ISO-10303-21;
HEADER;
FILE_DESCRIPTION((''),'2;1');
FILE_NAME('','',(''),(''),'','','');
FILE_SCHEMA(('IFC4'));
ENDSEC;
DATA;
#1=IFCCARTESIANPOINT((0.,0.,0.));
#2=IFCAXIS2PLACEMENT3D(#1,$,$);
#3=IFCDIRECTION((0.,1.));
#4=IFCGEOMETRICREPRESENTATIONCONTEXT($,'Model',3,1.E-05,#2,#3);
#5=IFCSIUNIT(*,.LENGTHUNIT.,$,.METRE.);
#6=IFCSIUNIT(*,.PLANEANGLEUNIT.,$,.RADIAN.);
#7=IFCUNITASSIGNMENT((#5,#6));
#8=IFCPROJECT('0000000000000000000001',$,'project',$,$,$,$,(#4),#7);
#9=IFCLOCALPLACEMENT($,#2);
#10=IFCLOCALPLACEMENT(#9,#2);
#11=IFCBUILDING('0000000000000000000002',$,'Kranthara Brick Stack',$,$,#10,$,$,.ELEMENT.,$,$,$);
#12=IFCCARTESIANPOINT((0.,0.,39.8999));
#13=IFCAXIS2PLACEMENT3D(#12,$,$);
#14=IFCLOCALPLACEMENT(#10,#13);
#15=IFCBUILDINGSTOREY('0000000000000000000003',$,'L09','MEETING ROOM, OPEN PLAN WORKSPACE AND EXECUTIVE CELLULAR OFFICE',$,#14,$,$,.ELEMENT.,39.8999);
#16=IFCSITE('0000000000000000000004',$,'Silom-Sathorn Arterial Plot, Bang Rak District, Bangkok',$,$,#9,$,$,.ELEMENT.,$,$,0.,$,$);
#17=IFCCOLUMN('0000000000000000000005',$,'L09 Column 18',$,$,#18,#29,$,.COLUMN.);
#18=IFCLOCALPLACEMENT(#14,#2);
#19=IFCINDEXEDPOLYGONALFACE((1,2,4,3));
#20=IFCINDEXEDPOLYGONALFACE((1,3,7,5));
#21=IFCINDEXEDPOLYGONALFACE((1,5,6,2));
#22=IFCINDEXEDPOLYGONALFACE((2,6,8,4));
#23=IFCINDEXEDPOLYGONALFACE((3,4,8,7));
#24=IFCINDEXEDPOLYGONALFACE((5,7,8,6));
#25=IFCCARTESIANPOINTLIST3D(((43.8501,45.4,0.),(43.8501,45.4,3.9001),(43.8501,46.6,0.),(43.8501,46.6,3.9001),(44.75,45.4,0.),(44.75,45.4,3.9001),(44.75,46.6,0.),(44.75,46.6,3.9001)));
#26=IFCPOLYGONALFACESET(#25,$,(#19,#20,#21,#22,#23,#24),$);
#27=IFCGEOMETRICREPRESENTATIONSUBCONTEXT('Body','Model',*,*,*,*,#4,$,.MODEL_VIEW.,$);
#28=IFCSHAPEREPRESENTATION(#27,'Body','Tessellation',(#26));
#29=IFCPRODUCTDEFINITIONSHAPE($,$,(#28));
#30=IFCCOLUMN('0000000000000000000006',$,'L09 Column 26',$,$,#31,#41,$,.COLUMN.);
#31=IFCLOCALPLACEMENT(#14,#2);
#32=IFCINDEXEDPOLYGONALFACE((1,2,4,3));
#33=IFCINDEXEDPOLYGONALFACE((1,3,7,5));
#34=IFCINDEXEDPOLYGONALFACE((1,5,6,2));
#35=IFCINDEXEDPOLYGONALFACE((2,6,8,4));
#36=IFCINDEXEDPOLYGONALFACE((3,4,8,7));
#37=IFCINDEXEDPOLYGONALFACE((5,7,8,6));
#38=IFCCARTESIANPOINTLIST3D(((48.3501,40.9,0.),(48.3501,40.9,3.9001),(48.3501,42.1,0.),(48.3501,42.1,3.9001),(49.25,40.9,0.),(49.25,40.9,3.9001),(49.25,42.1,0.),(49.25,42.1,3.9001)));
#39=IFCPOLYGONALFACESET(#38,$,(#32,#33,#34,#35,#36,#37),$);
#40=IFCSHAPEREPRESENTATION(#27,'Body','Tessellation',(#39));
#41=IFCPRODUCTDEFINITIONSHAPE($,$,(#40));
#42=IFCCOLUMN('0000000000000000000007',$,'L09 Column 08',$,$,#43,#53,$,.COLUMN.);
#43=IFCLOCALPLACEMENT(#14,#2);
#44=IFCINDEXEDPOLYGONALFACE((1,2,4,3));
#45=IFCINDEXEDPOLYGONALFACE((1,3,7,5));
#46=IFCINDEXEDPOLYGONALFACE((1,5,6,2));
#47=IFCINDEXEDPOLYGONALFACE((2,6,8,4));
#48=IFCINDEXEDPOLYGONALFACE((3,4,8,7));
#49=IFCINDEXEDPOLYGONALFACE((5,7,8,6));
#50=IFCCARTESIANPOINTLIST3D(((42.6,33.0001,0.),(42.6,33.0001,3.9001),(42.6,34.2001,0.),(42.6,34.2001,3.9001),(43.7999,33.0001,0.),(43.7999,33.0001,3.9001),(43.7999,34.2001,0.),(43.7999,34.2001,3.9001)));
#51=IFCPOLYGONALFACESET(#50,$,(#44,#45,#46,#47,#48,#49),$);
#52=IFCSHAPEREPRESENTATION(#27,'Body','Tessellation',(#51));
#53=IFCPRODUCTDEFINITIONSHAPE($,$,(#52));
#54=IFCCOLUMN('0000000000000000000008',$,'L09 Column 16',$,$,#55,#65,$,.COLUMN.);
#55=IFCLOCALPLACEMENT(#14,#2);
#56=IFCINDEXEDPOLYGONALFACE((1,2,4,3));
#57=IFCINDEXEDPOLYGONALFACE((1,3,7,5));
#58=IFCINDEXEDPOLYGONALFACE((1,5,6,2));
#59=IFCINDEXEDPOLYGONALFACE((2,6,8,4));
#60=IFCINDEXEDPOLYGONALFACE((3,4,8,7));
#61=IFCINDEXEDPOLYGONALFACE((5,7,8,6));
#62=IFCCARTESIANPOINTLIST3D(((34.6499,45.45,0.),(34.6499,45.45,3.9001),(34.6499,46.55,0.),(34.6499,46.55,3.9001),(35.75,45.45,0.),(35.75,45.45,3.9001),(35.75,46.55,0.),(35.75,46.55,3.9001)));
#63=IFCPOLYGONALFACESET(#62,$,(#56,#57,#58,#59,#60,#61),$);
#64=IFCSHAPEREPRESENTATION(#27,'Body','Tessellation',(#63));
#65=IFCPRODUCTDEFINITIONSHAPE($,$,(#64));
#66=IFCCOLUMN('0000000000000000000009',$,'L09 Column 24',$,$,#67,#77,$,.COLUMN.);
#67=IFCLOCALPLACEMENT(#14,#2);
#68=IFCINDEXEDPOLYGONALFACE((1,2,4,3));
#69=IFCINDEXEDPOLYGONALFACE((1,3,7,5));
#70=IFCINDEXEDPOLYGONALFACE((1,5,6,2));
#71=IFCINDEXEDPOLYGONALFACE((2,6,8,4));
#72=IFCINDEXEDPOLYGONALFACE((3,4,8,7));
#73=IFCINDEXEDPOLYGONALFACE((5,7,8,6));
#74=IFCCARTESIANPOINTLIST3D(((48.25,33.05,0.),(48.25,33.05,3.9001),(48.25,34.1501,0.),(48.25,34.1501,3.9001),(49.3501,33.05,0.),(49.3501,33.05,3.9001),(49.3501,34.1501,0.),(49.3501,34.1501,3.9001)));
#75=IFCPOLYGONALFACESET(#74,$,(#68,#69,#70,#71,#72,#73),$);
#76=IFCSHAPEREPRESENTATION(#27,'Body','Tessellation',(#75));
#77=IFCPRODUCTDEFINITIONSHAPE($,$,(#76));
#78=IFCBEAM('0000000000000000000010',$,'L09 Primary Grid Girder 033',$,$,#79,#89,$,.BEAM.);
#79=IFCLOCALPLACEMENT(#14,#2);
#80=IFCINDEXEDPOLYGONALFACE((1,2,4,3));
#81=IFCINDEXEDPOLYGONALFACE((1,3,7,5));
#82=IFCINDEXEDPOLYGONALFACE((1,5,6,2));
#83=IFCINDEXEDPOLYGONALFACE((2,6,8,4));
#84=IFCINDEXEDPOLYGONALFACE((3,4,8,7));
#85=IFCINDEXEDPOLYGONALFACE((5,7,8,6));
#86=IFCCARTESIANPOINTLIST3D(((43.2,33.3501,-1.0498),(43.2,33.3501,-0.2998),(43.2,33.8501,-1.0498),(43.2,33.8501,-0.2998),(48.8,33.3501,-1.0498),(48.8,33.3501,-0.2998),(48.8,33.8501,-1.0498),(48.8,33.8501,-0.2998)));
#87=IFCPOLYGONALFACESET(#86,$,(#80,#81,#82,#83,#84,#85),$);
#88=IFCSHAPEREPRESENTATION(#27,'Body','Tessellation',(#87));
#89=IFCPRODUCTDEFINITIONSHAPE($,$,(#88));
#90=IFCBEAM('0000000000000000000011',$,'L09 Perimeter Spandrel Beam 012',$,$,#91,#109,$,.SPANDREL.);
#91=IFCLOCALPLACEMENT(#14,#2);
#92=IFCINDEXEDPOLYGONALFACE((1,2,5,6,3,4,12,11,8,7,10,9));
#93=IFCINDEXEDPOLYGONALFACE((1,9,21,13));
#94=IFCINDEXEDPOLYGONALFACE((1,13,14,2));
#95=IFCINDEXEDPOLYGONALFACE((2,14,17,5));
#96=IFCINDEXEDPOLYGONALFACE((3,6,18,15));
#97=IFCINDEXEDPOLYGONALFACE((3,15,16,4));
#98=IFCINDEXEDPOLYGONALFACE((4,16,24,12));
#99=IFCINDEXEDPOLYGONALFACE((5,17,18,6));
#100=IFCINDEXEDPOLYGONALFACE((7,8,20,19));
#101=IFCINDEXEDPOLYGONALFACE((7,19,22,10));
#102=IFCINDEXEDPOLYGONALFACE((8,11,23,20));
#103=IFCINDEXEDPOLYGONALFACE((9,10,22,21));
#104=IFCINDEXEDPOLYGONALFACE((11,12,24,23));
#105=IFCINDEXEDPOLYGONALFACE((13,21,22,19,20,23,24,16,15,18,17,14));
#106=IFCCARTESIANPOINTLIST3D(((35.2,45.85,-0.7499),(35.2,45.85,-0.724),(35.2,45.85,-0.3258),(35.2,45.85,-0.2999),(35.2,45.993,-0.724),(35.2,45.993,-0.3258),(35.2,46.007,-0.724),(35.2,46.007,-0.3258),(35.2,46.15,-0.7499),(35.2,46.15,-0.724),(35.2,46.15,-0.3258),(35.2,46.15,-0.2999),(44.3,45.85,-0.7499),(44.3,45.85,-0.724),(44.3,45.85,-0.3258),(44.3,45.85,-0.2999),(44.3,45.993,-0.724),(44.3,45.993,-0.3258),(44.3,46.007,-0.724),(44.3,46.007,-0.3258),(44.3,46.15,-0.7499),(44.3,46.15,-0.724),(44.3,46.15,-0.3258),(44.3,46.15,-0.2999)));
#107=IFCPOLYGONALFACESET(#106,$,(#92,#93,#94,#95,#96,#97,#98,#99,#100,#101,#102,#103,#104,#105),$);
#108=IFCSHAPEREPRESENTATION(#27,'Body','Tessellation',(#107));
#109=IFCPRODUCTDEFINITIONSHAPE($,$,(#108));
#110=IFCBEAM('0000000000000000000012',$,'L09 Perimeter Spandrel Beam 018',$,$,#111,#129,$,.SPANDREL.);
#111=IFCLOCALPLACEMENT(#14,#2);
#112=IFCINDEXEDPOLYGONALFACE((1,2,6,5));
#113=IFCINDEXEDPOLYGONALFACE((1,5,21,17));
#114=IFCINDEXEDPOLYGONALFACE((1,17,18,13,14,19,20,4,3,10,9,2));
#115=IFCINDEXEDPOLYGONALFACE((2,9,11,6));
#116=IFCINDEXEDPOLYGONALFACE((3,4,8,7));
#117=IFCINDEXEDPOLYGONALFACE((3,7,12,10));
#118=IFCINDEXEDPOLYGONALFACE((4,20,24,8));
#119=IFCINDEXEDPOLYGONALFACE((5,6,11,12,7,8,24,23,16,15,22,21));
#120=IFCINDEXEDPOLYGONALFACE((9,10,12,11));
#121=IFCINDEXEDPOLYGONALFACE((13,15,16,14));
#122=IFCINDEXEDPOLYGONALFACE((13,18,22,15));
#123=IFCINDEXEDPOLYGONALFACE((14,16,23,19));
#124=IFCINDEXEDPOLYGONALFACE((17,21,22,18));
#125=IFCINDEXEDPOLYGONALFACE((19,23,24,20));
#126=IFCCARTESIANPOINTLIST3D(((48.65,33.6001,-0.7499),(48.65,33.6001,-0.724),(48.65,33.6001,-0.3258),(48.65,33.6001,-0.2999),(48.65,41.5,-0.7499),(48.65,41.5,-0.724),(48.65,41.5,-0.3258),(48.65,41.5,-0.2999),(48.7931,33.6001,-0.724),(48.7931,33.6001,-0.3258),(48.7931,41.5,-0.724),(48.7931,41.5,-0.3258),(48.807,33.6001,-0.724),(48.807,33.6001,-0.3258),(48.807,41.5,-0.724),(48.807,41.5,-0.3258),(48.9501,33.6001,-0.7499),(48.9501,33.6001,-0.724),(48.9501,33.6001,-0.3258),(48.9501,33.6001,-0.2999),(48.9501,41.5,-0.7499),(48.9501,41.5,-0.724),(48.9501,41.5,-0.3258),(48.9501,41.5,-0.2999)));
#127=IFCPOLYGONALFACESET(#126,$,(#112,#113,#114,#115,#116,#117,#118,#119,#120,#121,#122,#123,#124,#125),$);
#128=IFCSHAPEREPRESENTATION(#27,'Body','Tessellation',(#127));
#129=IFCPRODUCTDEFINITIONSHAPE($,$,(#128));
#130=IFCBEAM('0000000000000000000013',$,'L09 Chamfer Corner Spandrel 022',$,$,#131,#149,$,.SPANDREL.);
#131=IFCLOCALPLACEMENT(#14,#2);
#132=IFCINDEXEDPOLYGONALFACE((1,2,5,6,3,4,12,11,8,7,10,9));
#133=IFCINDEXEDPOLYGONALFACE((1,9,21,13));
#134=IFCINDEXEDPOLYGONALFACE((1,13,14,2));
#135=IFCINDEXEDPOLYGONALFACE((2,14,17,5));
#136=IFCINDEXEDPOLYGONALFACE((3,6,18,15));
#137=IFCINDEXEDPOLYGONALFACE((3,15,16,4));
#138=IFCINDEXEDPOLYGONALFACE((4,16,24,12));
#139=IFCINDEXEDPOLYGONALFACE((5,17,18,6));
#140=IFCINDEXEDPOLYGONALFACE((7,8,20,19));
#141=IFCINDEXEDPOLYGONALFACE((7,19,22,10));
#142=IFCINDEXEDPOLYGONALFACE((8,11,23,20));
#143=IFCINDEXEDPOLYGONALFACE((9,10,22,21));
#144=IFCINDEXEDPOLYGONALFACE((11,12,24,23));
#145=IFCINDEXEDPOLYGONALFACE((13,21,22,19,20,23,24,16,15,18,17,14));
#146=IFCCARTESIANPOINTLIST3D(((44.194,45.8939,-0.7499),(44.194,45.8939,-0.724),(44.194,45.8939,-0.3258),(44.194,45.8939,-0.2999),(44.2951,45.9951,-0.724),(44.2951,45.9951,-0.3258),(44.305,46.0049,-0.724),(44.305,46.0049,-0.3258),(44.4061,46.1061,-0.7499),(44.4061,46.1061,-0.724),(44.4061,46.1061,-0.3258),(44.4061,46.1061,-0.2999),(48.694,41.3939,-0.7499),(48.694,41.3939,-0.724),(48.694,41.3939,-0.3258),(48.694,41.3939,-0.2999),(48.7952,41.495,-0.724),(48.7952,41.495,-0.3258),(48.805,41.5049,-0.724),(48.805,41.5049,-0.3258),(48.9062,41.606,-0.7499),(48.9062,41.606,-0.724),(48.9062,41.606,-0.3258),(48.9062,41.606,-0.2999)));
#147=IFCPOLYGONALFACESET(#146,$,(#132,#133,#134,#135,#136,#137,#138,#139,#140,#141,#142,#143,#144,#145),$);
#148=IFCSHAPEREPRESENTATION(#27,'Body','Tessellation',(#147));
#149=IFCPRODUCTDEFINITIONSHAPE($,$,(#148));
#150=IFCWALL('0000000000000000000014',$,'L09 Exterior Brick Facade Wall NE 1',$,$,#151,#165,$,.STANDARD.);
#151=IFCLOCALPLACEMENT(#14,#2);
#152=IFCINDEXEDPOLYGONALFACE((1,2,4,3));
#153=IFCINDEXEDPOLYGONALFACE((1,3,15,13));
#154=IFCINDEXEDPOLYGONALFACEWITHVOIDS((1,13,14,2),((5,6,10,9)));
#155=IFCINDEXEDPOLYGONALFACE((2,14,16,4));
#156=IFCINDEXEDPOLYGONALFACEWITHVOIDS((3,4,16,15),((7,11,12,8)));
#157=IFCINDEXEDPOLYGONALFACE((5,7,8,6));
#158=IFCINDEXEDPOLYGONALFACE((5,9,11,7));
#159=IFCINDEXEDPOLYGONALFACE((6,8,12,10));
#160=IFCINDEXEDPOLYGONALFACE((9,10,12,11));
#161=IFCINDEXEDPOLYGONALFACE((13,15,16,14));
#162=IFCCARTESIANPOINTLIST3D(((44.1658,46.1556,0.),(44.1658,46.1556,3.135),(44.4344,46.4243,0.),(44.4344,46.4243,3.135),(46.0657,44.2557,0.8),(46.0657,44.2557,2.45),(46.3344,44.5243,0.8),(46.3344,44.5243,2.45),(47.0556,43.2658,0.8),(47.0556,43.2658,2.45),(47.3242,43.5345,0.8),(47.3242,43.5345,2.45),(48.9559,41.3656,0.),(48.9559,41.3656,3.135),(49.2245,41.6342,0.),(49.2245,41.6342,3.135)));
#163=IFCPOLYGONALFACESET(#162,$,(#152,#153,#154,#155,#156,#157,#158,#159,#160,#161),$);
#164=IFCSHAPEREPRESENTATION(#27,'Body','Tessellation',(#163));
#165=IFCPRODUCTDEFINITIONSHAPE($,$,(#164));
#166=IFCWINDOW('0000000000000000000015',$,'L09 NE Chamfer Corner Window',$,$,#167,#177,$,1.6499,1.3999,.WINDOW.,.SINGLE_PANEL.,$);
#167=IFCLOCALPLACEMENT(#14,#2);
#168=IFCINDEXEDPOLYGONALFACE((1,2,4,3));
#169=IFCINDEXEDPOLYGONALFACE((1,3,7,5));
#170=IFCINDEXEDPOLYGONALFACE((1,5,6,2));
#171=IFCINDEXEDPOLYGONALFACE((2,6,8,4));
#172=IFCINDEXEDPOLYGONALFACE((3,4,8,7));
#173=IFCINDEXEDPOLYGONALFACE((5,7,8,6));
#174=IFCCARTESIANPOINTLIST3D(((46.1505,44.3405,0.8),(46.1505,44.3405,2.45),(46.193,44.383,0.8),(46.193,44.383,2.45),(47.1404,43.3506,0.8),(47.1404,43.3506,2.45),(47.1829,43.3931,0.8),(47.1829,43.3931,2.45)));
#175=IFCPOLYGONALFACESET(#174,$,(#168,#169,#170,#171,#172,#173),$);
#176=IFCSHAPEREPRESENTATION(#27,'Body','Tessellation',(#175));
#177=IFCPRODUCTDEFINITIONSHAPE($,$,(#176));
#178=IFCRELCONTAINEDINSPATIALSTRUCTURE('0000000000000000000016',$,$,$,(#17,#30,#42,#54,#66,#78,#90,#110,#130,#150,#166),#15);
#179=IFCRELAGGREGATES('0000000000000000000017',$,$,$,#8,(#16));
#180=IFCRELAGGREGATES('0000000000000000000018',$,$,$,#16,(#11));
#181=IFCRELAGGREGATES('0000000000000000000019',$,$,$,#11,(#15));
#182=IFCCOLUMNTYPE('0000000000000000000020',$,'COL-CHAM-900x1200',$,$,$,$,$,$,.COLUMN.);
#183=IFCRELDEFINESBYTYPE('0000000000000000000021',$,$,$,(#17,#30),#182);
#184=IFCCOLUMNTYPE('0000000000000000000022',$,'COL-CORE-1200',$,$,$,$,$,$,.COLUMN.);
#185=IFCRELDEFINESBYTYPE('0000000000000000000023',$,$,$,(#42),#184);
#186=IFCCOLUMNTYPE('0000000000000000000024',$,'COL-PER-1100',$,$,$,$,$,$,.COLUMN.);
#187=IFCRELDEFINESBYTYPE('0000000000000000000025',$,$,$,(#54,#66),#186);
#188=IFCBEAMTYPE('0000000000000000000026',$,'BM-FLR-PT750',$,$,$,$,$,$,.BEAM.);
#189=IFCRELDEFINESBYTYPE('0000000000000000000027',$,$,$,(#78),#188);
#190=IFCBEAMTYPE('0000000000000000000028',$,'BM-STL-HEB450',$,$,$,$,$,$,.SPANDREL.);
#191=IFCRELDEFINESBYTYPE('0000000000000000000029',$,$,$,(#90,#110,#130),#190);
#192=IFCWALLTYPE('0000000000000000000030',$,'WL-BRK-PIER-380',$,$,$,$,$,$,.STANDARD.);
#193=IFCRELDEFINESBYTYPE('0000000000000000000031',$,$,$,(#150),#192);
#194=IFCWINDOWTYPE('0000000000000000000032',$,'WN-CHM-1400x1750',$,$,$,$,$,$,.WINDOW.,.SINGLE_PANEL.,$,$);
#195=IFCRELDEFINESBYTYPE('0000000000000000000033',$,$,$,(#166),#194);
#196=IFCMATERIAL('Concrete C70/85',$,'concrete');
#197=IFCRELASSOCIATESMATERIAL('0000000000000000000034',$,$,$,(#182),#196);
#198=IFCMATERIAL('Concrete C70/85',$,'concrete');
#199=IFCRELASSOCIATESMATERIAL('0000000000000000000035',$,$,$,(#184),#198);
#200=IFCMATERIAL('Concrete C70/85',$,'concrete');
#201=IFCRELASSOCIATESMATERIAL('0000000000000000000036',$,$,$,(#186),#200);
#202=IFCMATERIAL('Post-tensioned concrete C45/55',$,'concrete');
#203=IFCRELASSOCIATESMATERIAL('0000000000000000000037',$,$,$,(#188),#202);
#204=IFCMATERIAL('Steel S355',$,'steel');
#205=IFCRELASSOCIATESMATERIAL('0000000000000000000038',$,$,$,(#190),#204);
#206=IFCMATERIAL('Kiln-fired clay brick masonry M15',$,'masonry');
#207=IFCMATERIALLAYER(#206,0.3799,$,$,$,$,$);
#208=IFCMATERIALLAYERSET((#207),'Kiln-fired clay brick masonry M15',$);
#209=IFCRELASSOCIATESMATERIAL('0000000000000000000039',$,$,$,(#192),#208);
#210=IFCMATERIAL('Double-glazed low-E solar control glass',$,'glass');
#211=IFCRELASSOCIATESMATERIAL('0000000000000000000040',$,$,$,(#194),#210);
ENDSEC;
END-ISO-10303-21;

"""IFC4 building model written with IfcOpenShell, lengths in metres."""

from ifc_helpers import new_model, si_unit, direction, frame, frame_2d, origin, origin_2d, place, context, subcontext, project, spatial, rectangle, i_section, extrude, material, layer, layer_set, material_profile, profile_set, type_object, element, fill, save


model = new_model("IFC4")

# Units and contexts
model_context = context("Model", 3, precision=1e-05, world=origin(), true_north=direction((0.0, 1.0)))
body_context = subcontext(model_context, "Body", "Model", "MODEL_VIEW")
ifc_project = project(units=[si_unit("LENGTHUNIT", "METRE"), si_unit("PLANEANGLEUNIT", "RADIAN")], contexts=[model_context])

# Site, building, storey
site_placement = place(None, origin())
site = spatial("IfcSite", under=ifc_project, at=site_placement, Name="Silom-Sathorn Arterial Plot, Bang Rak District, Bangkok", CompositionType="ELEMENT", RefElevation=0.0)
building_placement = place(site_placement, origin())
building = spatial("IfcBuilding", under=site, at=building_placement, Name="Kranthara Brick Stack", CompositionType="ELEMENT")
storey_placement = place(building_placement, frame((0.0, 0.0, 39.8999)))
storey = spatial("IfcBuildingStorey", under=building, at=storey_placement, Name="L09", Description="MEETING ROOM, OPEN PLAN WORKSPACE AND EXECUTIVE CELLULAR OFFICE", CompositionType="ELEMENT", Elevation=39.8999)

# Columns
ifc_material_1 = material(Name="Concrete C70/85", Category="concrete")
ifc_material_profile_1 = material_profile(ifc_material_1, rectangle(XDim=0.8999, YDim=1.2, at=origin_2d()), Name="RC 900x1200")
ifc_profile_set_1 = profile_set([ifc_material_profile_1], Name="Concrete C70/85")
column_type_1 = type_object("IfcColumnType", Name="COL-CHAM-900x1200", PredefinedType="COLUMN", material=ifc_profile_set_1)
for number, where, z_axis, x_axis, name in (
    (1, (44.3, 46.0, 0.0), (0.0, 0.0, 1.0), (1.0, 0.0, 0.0), "L09 Column 18"),
    (2, (48.8, 41.5, 0.0), (0.0, 0.0, 1.0), (1.0, 0.0, 0.0), "L09 Column 26"),
):
    element("IfcColumn", number, at=place(storey_placement, frame(where, z_axis=z_axis, x_axis=x_axis)), inside=storey, type_object=column_type_1, Name=name, PredefinedType="COLUMN", context=body_context, shape_type="SweptSolid", body=[
        extrude(rectangle(XDim=0.8999, YDim=1.2, at=origin_2d()), origin(), (0.0, 0.0, 1.0), 3.9001),
    ])
ifc_material_2 = material(Name="Concrete C70/85", Category="concrete")
ifc_material_profile_2 = material_profile(ifc_material_2, rectangle(XDim=1.2, YDim=1.2, at=origin_2d()), Name="RC 1200x1200")
ifc_profile_set_2 = profile_set([ifc_material_profile_2], Name="Concrete C70/85")
column_type_2 = type_object("IfcColumnType", Name="COL-CORE-1200", PredefinedType="COLUMN", material=ifc_profile_set_2)
column_placement = place(storey_placement, frame((43.2, 33.6001, 0.0), z_axis=(0.0, 0.0, 1.0), x_axis=(1.0, 0.0, 0.0)))
element("IfcColumn", 3, at=column_placement, inside=storey, type_object=column_type_2, Name="L09 Column 08", PredefinedType="COLUMN", context=body_context, shape_type="SweptSolid", body=[
    extrude(rectangle(XDim=1.2, YDim=1.2, at=origin_2d()), origin(), (0.0, 0.0, 1.0), 3.9001),
])
ifc_material_3 = material(Name="Concrete C70/85", Category="concrete")
ifc_material_profile_3 = material_profile(ifc_material_3, rectangle(XDim=1.1001, YDim=1.1001, at=origin_2d()), Name="RC 1100x1100")
ifc_profile_set_3 = profile_set([ifc_material_profile_3], Name="Concrete C70/85")
column_type_3 = type_object("IfcColumnType", Name="COL-PER-1100", PredefinedType="COLUMN", material=ifc_profile_set_3)
for number, where, z_axis, x_axis, name in (
    (4, (35.2, 46.0, 0.0), (0.0, 0.0, 1.0), (1.0, 0.0, 0.0), "L09 Column 16"),
    (5, (48.8, 33.6001, 0.0), (0.0, 0.0, 1.0), (1.0, 0.0, 0.0), "L09 Column 24"),
):
    element("IfcColumn", number, at=place(storey_placement, frame(where, z_axis=z_axis, x_axis=x_axis)), inside=storey, type_object=column_type_3, Name=name, PredefinedType="COLUMN", context=body_context, shape_type="SweptSolid", body=[
        extrude(rectangle(XDim=1.1001, YDim=1.1001, at=origin_2d()), origin(), (0.0, 0.0, 1.0), 3.9001),
    ])

# Beams
ifc_material_4 = material(Name="Post-tensioned concrete C45/55", Category="concrete")
ifc_material_profile_4 = material_profile(ifc_material_4, rectangle(XDim=0.5, YDim=0.75, at=origin_2d()), Name="PT 500x750")
ifc_profile_set_4 = profile_set([ifc_material_profile_4], Name="Post-tensioned concrete C45/55")
beam_type_1 = type_object("IfcBeamType", Name="BM-FLR-PT750", PredefinedType="BEAM", material=ifc_profile_set_4)
beam_1_placement = place(storey_placement, frame((43.2, 33.6001, -0.6748), z_axis=(1.0, 0.0, 0.0), x_axis=(0.0, 1.0, 0.0)))
element("IfcBeam", 6, at=beam_1_placement, inside=storey, type_object=beam_type_1, Name="L09 Primary Grid Girder 033", PredefinedType="BEAM", context=body_context, shape_type="SweptSolid", body=[
    extrude(rectangle(XDim=0.5, YDim=0.75, at=origin_2d()), origin(), (0.0, 0.0, 1.0), 5.6001),
])
ifc_material_5 = material(Name="Steel S355", Category="steel")
ifc_material_profile_5 = material_profile(ifc_material_5, i_section(OverallWidth=0.3, OverallDepth=0.45, WebThickness=0.0139, FlangeThickness=0.0259, at=origin_2d()), Name="HEB 450")
ifc_profile_set_5 = profile_set([ifc_material_profile_5], Name="Steel S355")
beam_type_2 = type_object("IfcBeamType", Name="BM-STL-HEB450", PredefinedType="SPANDREL", material=ifc_profile_set_5)
beam_2_placement = place(storey_placement, frame((35.2, 46.0, -0.5249), z_axis=(1.0, 0.0, 0.0), x_axis=(0.0, 1.0, 0.0)))
element("IfcBeam", 7, at=beam_2_placement, inside=storey, type_object=beam_type_2, Name="L09 Perimeter Spandrel Beam 012", PredefinedType="SPANDREL", context=body_context, shape_type="SweptSolid", body=[
    extrude(i_section(OverallWidth=0.3, OverallDepth=0.45, WebThickness=0.0139, FlangeThickness=0.0259, at=origin_2d()), origin(), (0.0, 0.0, 1.0), 9.1001),
])
beam_3_placement = place(storey_placement, frame((48.8, 33.6001, -0.5249), z_axis=(0.0, 1.0, 0.0), x_axis=(-1.0, 0.0, 0.0)))
element("IfcBeam", 8, at=beam_3_placement, inside=storey, type_object=beam_type_2, Name="L09 Perimeter Spandrel Beam 018", PredefinedType="SPANDREL", context=body_context, shape_type="SweptSolid", body=[
    extrude(i_section(OverallWidth=0.3, OverallDepth=0.45, WebThickness=0.0139, FlangeThickness=0.0259, at=origin_2d()), origin(), (0.0, 0.0, 1.0), 7.8999),
])
beam_4_placement = place(storey_placement, frame((44.3, 46.0, -0.5249), z_axis=(0.707107, -0.707107, 0.0), x_axis=(0.707107, 0.707107, 0.0)))
element("IfcBeam", 9, at=beam_4_placement, inside=storey, type_object=beam_type_2, Name="L09 Chamfer Corner Spandrel 022", PredefinedType="SPANDREL", context=body_context, shape_type="SweptSolid", body=[
    extrude(i_section(OverallWidth=0.3, OverallDepth=0.45, WebThickness=0.0139, FlangeThickness=0.0259, at=origin_2d()), origin(), (0.0, 0.0, 1.0), 6.364),
])

# Wall, opening, window
ifc_material_6 = material(Name="Kiln-fired clay brick masonry M15", Category="masonry")
ifc_layer_1 = layer(ifc_material_6, 0.3799)
ifc_layer_set_1 = layer_set([ifc_layer_1], Name="Kiln-fired clay brick masonry M15")
wall_type = type_object("IfcWallType", Name="WL-BRK-PIER-380", PredefinedType="STANDARD", material=ifc_layer_set_1)
wall_1_placement = place(storey_placement, frame((44.3, 46.29, 0.0), z_axis=(0.0, 0.0, 1.0), x_axis=(0.707107, -0.707107, 0.0)))
wall_1 = element("IfcWall", 10, at=wall_1_placement, inside=storey, type_object=wall_type, Name="L09 Exterior Brick Facade Wall NE 1", PredefinedType="STANDARD", context=body_context, shape_type="SweptSolid", body=[
    extrude(rectangle(XDim=6.7742, YDim=0.3799, at=frame_2d((3.3872, 0.0))), origin(), (0.0, 0.0, 1.0), 3.135),
])
opening_1_placement = place(wall_1_placement, frame((2.687, 0.0, 0.8)))
opening_1 = element("IfcOpeningElement", 11, at=opening_1_placement, cuts=wall_1, PredefinedType="OPENING", context=body_context, shape_type="SweptSolid", body=[
    extrude(rectangle(XDim=1.3999, YDim=1.6499, at=frame_2d((0.7, 0.825))), frame((0.0, 0.2, 0.0), z_axis=(0.0, -1.0, 0.0), x_axis=(1.0, 0.0, 0.0)), (0.0, 0.0, 1.0), 0.3999),
])
ifc_material_7 = material(Name="Double-glazed low-E solar control glass", Category="glass")
window_type_1 = type_object("IfcWindowType", Name="WN-CHM-1400x1750", PartitioningType="SINGLE_PANEL", PredefinedType="WINDOW", material=ifc_material_7)
window_1_placement = place(opening_1_placement, origin())
window_1 = element("IfcWindow", 12, at=window_1_placement, inside=storey, type_object=window_type_1, Name="L09 NE Chamfer Corner Window", OverallHeight=1.6499, OverallWidth=1.3999, PartitioningType="SINGLE_PANEL", PredefinedType="WINDOW", context=body_context, shape_type="SweptSolid", body=[
    extrude(rectangle(XDim=1.3999, YDim=1.6499, at=frame_2d((0.7, 0.825))), frame((0.0, -0.01, 0.0), z_axis=(0.0, -1.0, 0.0), x_axis=(1.0, 0.0, 0.0)), (0.0, 0.0, 1.0), 0.0601),
])
fill(opening_1, window_1)

save(model, "model.ifc")
